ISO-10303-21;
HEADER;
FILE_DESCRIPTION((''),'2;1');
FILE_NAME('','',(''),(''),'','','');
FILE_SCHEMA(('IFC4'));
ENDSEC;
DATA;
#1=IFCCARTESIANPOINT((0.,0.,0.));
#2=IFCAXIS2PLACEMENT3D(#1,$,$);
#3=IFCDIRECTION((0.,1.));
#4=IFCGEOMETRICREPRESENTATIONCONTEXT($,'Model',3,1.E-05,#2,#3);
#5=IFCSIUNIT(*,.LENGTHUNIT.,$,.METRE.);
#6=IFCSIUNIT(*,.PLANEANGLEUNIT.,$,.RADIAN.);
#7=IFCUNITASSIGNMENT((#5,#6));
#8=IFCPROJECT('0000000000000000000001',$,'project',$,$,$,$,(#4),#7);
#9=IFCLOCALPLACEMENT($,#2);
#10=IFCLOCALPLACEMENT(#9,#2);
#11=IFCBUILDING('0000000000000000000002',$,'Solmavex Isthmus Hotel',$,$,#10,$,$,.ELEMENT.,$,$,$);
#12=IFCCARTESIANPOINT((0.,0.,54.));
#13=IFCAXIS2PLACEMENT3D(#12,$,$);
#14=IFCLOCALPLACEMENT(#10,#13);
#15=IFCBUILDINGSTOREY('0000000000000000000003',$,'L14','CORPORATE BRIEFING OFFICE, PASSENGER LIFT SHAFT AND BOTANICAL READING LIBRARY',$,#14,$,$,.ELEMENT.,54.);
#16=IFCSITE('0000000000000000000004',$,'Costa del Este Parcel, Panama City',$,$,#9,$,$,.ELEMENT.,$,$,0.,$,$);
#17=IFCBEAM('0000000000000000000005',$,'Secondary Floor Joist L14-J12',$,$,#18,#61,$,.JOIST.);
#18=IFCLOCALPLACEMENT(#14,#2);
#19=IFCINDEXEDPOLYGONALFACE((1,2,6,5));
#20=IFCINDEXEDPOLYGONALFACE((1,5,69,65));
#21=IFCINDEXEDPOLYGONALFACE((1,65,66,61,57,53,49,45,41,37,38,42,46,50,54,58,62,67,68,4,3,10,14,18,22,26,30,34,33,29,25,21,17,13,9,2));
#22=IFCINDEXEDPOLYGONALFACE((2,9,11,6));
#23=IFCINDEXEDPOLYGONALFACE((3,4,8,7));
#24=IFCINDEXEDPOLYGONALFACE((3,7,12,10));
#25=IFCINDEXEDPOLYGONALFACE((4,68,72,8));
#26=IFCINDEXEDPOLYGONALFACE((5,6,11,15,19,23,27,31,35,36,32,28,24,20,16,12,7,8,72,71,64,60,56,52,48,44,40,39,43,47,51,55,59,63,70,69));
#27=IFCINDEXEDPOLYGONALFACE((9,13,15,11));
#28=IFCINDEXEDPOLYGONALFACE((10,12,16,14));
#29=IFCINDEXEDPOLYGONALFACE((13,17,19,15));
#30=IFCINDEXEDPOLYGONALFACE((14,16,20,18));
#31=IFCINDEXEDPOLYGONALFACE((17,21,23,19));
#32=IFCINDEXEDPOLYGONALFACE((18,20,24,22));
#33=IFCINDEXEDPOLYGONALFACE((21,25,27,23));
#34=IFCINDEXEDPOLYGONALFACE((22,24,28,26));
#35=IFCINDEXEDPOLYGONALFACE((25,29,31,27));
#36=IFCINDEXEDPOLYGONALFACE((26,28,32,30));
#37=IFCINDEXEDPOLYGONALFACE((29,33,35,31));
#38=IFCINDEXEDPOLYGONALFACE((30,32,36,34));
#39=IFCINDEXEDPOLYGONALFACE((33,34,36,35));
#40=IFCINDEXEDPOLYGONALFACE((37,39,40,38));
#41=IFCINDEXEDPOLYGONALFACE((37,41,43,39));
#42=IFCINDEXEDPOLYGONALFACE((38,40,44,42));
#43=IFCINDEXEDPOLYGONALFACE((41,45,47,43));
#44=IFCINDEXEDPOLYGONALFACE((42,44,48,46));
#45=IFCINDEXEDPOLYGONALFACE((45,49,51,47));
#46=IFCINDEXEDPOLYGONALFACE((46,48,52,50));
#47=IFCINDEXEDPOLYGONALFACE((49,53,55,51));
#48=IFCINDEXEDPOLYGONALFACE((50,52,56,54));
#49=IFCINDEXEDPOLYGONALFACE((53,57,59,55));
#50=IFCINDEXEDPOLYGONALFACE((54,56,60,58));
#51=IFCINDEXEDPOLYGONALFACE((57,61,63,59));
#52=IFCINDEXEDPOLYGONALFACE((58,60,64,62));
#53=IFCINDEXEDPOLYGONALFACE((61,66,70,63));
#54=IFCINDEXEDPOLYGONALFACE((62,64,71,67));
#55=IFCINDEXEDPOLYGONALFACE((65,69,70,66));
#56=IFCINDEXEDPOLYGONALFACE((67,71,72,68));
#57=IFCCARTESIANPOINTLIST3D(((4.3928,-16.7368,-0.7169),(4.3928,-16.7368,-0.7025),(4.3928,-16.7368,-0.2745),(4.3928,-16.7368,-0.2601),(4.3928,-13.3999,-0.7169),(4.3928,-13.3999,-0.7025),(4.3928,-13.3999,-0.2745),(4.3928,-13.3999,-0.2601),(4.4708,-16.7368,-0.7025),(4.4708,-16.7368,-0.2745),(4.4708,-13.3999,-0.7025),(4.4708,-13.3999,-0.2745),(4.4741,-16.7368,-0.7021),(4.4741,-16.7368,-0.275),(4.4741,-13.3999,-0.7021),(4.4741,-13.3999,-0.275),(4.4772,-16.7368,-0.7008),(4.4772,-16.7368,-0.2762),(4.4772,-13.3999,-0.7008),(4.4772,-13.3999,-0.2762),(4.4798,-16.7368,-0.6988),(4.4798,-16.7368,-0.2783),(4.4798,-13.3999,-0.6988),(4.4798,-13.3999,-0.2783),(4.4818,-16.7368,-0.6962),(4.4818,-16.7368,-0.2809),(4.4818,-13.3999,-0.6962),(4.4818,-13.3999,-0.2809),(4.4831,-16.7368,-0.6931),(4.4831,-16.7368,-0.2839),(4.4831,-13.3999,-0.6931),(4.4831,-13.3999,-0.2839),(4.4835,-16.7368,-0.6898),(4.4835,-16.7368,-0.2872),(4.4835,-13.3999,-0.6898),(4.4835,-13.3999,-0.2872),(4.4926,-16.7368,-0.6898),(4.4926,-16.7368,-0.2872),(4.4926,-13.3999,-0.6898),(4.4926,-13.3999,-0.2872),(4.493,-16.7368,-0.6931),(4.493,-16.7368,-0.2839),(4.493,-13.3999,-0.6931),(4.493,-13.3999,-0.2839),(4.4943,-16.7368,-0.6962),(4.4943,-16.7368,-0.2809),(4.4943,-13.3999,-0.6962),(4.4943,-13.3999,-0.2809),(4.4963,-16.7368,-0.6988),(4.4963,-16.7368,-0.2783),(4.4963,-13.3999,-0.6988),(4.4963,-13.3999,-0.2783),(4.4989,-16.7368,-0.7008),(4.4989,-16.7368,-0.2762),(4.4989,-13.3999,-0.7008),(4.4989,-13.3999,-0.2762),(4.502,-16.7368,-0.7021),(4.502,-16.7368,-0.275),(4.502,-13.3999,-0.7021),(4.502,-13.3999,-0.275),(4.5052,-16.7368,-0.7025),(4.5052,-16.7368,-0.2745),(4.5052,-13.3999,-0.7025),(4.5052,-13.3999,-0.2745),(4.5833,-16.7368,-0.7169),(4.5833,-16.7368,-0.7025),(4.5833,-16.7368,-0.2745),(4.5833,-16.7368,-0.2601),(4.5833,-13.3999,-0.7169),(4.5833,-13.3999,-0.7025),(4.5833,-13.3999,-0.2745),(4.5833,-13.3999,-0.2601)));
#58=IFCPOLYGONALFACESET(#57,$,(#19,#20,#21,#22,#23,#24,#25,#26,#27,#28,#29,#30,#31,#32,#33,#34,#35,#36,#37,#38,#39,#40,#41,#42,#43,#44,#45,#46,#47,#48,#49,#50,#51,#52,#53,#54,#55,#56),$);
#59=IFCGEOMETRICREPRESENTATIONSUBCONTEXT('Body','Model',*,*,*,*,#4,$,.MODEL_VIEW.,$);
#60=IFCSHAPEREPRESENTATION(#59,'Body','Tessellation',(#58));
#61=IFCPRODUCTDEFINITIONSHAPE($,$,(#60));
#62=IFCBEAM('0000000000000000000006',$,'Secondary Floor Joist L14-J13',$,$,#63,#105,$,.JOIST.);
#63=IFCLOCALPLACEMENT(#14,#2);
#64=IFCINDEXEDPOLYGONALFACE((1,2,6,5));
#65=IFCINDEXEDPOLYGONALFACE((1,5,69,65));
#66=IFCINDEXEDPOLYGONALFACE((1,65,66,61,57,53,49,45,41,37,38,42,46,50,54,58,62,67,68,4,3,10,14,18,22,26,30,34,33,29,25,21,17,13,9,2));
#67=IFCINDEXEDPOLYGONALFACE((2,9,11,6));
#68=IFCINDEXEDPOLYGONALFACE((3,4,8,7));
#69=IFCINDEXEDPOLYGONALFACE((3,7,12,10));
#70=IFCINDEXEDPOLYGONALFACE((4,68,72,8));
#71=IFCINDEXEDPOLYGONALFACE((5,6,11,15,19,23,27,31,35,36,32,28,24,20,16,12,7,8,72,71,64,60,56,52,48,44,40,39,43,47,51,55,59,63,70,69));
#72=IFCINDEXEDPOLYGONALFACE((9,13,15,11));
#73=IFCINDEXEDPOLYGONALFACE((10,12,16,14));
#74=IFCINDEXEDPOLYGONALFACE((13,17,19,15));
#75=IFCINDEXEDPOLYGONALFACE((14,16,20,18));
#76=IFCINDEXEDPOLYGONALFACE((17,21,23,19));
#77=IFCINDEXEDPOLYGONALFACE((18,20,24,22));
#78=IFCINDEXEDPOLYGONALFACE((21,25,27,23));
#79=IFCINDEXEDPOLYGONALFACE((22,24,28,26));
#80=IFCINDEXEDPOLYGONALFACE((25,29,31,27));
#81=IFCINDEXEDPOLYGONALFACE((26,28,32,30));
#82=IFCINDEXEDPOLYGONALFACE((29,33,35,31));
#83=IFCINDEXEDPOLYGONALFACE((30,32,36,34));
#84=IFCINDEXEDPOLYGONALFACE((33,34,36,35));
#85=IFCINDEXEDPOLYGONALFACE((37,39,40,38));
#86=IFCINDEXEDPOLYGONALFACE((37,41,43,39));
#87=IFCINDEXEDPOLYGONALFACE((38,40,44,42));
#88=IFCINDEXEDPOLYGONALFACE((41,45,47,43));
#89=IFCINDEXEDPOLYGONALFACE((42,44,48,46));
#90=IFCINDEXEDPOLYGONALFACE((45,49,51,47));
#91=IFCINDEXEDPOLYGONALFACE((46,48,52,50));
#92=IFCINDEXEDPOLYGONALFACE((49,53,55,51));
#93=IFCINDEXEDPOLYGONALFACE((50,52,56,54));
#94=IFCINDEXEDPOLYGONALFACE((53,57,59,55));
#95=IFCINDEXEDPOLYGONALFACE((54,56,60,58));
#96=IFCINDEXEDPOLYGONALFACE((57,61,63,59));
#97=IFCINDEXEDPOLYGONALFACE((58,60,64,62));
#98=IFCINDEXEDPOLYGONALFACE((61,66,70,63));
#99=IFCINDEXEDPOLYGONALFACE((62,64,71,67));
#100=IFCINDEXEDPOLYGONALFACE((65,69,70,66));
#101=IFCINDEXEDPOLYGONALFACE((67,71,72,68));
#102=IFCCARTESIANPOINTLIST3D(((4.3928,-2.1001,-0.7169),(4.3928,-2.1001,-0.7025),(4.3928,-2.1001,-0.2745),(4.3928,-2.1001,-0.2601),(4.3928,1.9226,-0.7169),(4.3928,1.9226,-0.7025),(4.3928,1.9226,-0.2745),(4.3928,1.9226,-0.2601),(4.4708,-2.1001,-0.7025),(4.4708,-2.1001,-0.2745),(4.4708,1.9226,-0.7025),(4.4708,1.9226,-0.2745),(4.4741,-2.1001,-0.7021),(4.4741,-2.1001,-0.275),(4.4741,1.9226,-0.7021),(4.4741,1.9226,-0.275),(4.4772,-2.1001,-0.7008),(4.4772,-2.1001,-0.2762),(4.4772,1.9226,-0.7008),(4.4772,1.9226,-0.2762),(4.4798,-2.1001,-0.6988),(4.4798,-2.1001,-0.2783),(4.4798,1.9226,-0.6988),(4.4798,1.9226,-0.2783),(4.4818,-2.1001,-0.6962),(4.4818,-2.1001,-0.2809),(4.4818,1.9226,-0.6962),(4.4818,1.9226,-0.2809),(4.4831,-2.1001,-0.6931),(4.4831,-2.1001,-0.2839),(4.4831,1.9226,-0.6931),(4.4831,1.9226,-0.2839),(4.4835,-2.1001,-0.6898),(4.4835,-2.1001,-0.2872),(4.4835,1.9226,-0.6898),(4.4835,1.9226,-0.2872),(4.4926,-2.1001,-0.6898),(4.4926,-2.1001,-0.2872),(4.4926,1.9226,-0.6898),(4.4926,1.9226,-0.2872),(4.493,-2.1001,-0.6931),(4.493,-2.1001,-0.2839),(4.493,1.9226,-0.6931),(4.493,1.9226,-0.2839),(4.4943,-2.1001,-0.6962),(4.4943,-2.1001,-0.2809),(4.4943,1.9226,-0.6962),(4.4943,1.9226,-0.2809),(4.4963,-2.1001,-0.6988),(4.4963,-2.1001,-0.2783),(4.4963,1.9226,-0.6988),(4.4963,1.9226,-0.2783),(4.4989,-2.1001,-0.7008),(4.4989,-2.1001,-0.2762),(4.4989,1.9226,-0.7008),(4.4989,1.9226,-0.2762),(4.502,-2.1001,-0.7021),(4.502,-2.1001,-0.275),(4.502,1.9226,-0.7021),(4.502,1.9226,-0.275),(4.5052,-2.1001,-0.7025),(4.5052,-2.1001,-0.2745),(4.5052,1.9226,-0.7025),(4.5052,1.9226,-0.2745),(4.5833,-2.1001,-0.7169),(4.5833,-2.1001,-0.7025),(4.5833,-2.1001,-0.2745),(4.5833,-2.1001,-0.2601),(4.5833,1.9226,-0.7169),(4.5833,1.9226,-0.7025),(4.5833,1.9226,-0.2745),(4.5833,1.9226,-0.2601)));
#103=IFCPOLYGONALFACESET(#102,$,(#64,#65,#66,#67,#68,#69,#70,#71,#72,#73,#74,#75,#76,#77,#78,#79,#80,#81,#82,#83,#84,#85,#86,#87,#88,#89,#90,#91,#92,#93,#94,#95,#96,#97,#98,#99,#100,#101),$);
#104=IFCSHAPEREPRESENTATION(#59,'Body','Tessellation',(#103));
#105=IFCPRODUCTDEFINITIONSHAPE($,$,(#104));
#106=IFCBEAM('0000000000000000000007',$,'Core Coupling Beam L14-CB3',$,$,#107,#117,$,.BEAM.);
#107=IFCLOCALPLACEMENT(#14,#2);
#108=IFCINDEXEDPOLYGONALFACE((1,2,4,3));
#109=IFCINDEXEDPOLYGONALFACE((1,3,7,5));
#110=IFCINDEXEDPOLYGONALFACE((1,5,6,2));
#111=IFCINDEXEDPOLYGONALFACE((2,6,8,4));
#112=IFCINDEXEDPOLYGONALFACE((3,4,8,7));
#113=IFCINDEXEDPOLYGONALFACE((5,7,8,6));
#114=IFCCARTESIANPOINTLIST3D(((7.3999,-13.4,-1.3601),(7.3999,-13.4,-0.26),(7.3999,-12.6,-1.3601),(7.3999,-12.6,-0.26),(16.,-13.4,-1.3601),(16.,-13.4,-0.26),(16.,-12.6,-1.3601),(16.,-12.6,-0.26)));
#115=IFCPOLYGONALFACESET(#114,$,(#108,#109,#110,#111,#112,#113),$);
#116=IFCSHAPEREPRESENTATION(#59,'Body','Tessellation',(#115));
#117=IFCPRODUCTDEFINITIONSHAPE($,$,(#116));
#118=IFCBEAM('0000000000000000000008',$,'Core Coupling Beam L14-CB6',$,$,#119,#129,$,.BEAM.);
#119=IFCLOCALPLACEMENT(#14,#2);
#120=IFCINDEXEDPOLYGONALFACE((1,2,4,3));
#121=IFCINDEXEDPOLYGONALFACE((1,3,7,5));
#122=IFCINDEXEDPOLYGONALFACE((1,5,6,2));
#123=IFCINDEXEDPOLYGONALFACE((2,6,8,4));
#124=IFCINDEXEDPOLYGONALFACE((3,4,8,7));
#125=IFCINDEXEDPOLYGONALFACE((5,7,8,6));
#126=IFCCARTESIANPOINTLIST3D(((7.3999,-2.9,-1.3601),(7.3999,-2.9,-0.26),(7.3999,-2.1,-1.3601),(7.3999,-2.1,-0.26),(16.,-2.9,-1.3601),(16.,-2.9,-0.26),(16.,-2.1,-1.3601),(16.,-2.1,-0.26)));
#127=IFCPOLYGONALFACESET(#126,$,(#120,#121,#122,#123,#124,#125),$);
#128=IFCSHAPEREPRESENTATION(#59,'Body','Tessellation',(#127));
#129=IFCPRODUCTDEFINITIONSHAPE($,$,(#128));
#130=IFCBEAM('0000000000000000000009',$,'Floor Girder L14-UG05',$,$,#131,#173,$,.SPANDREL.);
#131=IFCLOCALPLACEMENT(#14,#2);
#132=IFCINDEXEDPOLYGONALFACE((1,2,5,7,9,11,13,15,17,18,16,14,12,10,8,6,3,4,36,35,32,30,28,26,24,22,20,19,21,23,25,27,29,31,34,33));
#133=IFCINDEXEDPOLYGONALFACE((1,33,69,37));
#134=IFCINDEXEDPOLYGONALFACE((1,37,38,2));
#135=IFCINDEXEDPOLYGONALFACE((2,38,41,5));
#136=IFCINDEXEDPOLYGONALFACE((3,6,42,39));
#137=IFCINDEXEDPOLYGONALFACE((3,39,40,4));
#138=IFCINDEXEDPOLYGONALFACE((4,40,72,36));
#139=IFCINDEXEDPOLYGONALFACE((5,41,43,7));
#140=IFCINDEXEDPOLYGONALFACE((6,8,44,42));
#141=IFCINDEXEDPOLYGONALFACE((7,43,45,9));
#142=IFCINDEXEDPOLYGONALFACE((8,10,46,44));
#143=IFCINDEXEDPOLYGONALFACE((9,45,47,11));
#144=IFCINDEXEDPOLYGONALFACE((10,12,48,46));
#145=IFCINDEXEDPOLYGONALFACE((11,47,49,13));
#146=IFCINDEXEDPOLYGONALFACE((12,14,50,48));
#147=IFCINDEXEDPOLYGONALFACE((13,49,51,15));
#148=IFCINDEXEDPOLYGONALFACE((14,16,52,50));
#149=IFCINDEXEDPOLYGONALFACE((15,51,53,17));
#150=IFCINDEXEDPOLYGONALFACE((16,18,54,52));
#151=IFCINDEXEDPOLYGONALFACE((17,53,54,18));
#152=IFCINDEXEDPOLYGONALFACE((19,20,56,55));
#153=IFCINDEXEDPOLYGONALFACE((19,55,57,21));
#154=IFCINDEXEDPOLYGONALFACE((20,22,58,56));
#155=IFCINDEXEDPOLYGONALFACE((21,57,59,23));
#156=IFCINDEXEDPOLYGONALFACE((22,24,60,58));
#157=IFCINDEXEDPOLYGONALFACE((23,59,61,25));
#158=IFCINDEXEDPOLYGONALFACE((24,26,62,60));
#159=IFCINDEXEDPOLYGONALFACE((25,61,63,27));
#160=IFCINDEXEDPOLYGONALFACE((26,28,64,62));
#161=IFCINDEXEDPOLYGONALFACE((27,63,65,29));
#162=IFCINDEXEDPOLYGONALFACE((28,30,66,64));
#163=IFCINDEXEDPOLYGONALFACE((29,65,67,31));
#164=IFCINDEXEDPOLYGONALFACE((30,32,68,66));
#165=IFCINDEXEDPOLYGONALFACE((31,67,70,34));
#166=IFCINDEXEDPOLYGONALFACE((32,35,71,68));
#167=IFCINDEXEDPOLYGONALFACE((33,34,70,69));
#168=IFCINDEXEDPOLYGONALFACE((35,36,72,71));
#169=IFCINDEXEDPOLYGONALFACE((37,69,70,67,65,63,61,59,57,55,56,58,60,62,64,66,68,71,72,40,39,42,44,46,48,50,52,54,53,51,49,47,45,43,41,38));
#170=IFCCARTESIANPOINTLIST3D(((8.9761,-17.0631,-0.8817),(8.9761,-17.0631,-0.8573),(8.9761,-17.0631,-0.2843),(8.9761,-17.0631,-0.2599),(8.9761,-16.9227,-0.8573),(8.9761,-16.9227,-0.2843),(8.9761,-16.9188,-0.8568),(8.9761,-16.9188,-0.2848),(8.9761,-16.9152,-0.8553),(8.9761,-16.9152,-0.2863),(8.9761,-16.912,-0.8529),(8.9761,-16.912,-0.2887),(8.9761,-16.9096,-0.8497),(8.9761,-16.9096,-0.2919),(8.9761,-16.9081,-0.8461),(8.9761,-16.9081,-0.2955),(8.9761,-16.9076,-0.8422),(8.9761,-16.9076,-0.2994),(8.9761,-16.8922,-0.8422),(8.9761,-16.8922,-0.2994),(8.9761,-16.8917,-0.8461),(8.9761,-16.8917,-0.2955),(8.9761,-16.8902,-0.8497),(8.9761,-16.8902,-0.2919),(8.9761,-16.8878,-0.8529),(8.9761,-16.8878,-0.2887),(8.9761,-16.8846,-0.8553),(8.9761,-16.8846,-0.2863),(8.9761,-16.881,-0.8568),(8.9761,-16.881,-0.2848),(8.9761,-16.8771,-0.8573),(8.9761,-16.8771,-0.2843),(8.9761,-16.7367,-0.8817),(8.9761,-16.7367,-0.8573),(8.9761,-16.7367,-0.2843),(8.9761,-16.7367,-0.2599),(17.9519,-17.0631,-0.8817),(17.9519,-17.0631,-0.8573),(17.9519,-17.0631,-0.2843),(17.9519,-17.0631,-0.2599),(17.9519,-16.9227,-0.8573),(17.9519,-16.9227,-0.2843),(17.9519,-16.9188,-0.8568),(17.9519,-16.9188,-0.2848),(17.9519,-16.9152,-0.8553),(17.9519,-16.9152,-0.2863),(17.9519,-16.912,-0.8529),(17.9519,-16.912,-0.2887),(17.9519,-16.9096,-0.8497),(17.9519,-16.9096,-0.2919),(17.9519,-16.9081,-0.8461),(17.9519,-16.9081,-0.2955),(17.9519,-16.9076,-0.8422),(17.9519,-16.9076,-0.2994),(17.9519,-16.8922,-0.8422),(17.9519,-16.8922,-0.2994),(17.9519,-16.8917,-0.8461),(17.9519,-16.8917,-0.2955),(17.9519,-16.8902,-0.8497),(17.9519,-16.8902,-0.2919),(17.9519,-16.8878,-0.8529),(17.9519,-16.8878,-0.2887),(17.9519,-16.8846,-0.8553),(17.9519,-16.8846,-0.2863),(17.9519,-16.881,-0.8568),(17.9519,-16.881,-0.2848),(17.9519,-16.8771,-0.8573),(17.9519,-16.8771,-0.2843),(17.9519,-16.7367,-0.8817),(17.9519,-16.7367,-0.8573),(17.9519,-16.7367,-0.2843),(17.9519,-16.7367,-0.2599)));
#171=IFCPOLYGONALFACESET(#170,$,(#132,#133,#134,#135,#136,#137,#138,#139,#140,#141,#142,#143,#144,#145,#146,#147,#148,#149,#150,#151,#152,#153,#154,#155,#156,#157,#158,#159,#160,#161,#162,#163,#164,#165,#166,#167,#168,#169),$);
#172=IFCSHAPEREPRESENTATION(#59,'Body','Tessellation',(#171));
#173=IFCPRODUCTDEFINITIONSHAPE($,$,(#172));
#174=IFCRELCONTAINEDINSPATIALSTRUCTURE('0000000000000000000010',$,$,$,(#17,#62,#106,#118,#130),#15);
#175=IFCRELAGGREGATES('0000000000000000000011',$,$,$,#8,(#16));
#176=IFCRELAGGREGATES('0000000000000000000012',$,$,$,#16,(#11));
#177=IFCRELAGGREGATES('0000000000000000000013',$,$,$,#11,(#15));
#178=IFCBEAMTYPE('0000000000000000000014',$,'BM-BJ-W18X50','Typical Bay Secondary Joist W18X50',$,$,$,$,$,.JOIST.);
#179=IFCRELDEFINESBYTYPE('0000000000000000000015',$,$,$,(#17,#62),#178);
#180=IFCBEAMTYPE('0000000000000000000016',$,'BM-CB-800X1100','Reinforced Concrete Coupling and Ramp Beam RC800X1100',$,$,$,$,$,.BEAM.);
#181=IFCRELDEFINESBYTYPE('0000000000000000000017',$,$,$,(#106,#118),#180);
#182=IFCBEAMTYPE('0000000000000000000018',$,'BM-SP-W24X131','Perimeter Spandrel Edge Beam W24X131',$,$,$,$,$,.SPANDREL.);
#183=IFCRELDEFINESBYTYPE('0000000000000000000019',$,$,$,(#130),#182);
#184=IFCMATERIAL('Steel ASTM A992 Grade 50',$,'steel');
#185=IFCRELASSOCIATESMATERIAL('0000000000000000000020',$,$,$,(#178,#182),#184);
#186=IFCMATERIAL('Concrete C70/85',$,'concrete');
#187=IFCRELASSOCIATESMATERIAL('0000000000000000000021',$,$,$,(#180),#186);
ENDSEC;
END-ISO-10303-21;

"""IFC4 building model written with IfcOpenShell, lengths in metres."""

from ifc_helpers import new_model, si_unit, direction, frame, origin, origin_2d, place, context, subcontext, project, spatial, rectangle, i_section, extrude, material, material_profile, profile_set, type_object, element, save


model = new_model("IFC4")

# Units and contexts
model_context = context("Model", 3, precision=1e-05, world=origin(), true_north=direction((0.0, 1.0)))
body_context = subcontext(model_context, "Body", "Model", "MODEL_VIEW")
ifc_project = project(units=[si_unit("LENGTHUNIT", "METRE"), si_unit("PLANEANGLEUNIT", "RADIAN")], contexts=[model_context])

# Site, building, storey
site_placement = place(None, origin())
site = spatial("IfcSite", under=ifc_project, at=site_placement, Name="Costa del Este Parcel, Panama City", CompositionType="ELEMENT", RefElevation=0.0)
building_placement = place(site_placement, origin())
building = spatial("IfcBuilding", under=site, at=building_placement, Name="Solmavex Isthmus Hotel", CompositionType="ELEMENT")
storey_placement = place(building_placement, frame((0.0, 0.0, 54.0)))
storey = spatial("IfcBuildingStorey", under=building, at=storey_placement, Name="L14", Description="CORPORATE BRIEFING OFFICE, PASSENGER LIFT SHAFT AND BOTANICAL READING LIBRARY", CompositionType="ELEMENT", Elevation=54.0)

# Shared definitions
ifc_material_1 = material(Name="Concrete C70/85", Category="concrete")

# Beams
ifc_material_2 = material(Name="Steel ASTM A992 Grade 50", Category="steel")
ifc_material_profile_1 = material_profile(ifc_material_2, i_section(OverallWidth=0.1904, OverallDepth=0.4568, WebThickness=0.009, FlangeThickness=0.0144, FilletRadius=0.0127, at=origin_2d()), Name="W18X50")
ifc_profile_set_1 = profile_set([ifc_material_profile_1], Name="Steel ASTM A992 Grade 50")
beam_type_1 = type_object("IfcBeamType", Name="BM-BJ-W18X50", Description="Typical Bay Secondary Joist W18X50", PredefinedType="JOIST", material=ifc_profile_set_1)
beam_1_placement = place(storey_placement, frame((4.488, -16.7368, -0.4885), z_axis=(0.0, 1.0, 0.0), x_axis=(-1.0, 0.0, 0.0)))
element("IfcBeam", 1, at=beam_1_placement, inside=storey, type_object=beam_type_1, Name="Secondary Floor Joist L14-J12", PredefinedType="JOIST", context=body_context, shape_type="SweptSolid", body=[
    extrude(i_section(OverallWidth=0.1904, OverallDepth=0.4568, WebThickness=0.009, FlangeThickness=0.0144, FilletRadius=0.0127, at=origin_2d()), origin(), (0.0, 0.0, 1.0), 3.3369),
])
beam_2_placement = place(storey_placement, frame((4.488, -2.1001, -0.4885), z_axis=(0.0, 1.0, 0.0), x_axis=(-1.0, 0.0, 0.0)))
element("IfcBeam", 2, at=beam_2_placement, inside=storey, type_object=beam_type_1, Name="Secondary Floor Joist L14-J13", PredefinedType="JOIST", context=body_context, shape_type="SweptSolid", body=[
    extrude(i_section(OverallWidth=0.1904, OverallDepth=0.4568, WebThickness=0.009, FlangeThickness=0.0144, FilletRadius=0.0127, at=origin_2d()), origin(), (0.0, 0.0, 1.0), 4.0227),
])
ifc_material_profile_2 = material_profile(ifc_material_1, rectangle(XDim=0.8, YDim=1.1001, at=origin_2d()), Name="RC800X1100")
ifc_profile_set_2 = profile_set([ifc_material_profile_2], Name="Concrete C70/85")
beam_type_2 = type_object("IfcBeamType", Name="BM-CB-800X1100", Description="Reinforced Concrete Coupling and Ramp Beam RC800X1100", PredefinedType="BEAM", material=ifc_profile_set_2)
for number, where, z_axis, x_axis, name in (
    (3, (7.3999, -13.0, -0.8101), (1.0, 0.0, 0.0), (0.0, 1.0, 0.0), "Core Coupling Beam L14-CB3"),
    (4, (7.3999, -2.5, -0.8101), (1.0, 0.0, 0.0), (0.0, 1.0, 0.0), "Core Coupling Beam L14-CB6"),
):
    element("IfcBeam", number, at=place(storey_placement, frame(where, z_axis=z_axis, x_axis=x_axis)), inside=storey, type_object=beam_type_2, Name=name, PredefinedType="BEAM", context=body_context, shape_type="SweptSolid", body=[
        extrude(rectangle(XDim=0.8, YDim=1.1001, at=origin_2d()), origin(), (0.0, 0.0, 1.0), 8.6001),
    ])
ifc_material_profile_3 = material_profile(ifc_material_2, i_section(OverallWidth=0.3264, OverallDepth=0.6218, WebThickness=0.0154, FlangeThickness=0.0244, FilletRadius=0.0151, at=origin_2d()), Name="W24X131")
ifc_profile_set_3 = profile_set([ifc_material_profile_3], Name="Steel ASTM A992 Grade 50")
beam_type_3 = type_object("IfcBeamType", Name="BM-SP-W24X131", Description="Perimeter Spandrel Edge Beam W24X131", PredefinedType="SPANDREL", material=ifc_profile_set_3)
beam_3_placement = place(storey_placement, frame((8.9761, -16.8999, -0.5708), z_axis=(1.0, 0.0, 0.0), x_axis=(0.0, 1.0, 0.0)))
element("IfcBeam", 5, at=beam_3_placement, inside=storey, type_object=beam_type_3, Name="Floor Girder L14-UG05", PredefinedType="SPANDREL", context=body_context, shape_type="SweptSolid", body=[
    extrude(i_section(OverallWidth=0.3264, OverallDepth=0.6218, WebThickness=0.0154, FlangeThickness=0.0244, FilletRadius=0.0151, at=origin_2d()), origin(), (0.0, 0.0, 1.0), 8.9758),
])

save(model, "model.ifc")
